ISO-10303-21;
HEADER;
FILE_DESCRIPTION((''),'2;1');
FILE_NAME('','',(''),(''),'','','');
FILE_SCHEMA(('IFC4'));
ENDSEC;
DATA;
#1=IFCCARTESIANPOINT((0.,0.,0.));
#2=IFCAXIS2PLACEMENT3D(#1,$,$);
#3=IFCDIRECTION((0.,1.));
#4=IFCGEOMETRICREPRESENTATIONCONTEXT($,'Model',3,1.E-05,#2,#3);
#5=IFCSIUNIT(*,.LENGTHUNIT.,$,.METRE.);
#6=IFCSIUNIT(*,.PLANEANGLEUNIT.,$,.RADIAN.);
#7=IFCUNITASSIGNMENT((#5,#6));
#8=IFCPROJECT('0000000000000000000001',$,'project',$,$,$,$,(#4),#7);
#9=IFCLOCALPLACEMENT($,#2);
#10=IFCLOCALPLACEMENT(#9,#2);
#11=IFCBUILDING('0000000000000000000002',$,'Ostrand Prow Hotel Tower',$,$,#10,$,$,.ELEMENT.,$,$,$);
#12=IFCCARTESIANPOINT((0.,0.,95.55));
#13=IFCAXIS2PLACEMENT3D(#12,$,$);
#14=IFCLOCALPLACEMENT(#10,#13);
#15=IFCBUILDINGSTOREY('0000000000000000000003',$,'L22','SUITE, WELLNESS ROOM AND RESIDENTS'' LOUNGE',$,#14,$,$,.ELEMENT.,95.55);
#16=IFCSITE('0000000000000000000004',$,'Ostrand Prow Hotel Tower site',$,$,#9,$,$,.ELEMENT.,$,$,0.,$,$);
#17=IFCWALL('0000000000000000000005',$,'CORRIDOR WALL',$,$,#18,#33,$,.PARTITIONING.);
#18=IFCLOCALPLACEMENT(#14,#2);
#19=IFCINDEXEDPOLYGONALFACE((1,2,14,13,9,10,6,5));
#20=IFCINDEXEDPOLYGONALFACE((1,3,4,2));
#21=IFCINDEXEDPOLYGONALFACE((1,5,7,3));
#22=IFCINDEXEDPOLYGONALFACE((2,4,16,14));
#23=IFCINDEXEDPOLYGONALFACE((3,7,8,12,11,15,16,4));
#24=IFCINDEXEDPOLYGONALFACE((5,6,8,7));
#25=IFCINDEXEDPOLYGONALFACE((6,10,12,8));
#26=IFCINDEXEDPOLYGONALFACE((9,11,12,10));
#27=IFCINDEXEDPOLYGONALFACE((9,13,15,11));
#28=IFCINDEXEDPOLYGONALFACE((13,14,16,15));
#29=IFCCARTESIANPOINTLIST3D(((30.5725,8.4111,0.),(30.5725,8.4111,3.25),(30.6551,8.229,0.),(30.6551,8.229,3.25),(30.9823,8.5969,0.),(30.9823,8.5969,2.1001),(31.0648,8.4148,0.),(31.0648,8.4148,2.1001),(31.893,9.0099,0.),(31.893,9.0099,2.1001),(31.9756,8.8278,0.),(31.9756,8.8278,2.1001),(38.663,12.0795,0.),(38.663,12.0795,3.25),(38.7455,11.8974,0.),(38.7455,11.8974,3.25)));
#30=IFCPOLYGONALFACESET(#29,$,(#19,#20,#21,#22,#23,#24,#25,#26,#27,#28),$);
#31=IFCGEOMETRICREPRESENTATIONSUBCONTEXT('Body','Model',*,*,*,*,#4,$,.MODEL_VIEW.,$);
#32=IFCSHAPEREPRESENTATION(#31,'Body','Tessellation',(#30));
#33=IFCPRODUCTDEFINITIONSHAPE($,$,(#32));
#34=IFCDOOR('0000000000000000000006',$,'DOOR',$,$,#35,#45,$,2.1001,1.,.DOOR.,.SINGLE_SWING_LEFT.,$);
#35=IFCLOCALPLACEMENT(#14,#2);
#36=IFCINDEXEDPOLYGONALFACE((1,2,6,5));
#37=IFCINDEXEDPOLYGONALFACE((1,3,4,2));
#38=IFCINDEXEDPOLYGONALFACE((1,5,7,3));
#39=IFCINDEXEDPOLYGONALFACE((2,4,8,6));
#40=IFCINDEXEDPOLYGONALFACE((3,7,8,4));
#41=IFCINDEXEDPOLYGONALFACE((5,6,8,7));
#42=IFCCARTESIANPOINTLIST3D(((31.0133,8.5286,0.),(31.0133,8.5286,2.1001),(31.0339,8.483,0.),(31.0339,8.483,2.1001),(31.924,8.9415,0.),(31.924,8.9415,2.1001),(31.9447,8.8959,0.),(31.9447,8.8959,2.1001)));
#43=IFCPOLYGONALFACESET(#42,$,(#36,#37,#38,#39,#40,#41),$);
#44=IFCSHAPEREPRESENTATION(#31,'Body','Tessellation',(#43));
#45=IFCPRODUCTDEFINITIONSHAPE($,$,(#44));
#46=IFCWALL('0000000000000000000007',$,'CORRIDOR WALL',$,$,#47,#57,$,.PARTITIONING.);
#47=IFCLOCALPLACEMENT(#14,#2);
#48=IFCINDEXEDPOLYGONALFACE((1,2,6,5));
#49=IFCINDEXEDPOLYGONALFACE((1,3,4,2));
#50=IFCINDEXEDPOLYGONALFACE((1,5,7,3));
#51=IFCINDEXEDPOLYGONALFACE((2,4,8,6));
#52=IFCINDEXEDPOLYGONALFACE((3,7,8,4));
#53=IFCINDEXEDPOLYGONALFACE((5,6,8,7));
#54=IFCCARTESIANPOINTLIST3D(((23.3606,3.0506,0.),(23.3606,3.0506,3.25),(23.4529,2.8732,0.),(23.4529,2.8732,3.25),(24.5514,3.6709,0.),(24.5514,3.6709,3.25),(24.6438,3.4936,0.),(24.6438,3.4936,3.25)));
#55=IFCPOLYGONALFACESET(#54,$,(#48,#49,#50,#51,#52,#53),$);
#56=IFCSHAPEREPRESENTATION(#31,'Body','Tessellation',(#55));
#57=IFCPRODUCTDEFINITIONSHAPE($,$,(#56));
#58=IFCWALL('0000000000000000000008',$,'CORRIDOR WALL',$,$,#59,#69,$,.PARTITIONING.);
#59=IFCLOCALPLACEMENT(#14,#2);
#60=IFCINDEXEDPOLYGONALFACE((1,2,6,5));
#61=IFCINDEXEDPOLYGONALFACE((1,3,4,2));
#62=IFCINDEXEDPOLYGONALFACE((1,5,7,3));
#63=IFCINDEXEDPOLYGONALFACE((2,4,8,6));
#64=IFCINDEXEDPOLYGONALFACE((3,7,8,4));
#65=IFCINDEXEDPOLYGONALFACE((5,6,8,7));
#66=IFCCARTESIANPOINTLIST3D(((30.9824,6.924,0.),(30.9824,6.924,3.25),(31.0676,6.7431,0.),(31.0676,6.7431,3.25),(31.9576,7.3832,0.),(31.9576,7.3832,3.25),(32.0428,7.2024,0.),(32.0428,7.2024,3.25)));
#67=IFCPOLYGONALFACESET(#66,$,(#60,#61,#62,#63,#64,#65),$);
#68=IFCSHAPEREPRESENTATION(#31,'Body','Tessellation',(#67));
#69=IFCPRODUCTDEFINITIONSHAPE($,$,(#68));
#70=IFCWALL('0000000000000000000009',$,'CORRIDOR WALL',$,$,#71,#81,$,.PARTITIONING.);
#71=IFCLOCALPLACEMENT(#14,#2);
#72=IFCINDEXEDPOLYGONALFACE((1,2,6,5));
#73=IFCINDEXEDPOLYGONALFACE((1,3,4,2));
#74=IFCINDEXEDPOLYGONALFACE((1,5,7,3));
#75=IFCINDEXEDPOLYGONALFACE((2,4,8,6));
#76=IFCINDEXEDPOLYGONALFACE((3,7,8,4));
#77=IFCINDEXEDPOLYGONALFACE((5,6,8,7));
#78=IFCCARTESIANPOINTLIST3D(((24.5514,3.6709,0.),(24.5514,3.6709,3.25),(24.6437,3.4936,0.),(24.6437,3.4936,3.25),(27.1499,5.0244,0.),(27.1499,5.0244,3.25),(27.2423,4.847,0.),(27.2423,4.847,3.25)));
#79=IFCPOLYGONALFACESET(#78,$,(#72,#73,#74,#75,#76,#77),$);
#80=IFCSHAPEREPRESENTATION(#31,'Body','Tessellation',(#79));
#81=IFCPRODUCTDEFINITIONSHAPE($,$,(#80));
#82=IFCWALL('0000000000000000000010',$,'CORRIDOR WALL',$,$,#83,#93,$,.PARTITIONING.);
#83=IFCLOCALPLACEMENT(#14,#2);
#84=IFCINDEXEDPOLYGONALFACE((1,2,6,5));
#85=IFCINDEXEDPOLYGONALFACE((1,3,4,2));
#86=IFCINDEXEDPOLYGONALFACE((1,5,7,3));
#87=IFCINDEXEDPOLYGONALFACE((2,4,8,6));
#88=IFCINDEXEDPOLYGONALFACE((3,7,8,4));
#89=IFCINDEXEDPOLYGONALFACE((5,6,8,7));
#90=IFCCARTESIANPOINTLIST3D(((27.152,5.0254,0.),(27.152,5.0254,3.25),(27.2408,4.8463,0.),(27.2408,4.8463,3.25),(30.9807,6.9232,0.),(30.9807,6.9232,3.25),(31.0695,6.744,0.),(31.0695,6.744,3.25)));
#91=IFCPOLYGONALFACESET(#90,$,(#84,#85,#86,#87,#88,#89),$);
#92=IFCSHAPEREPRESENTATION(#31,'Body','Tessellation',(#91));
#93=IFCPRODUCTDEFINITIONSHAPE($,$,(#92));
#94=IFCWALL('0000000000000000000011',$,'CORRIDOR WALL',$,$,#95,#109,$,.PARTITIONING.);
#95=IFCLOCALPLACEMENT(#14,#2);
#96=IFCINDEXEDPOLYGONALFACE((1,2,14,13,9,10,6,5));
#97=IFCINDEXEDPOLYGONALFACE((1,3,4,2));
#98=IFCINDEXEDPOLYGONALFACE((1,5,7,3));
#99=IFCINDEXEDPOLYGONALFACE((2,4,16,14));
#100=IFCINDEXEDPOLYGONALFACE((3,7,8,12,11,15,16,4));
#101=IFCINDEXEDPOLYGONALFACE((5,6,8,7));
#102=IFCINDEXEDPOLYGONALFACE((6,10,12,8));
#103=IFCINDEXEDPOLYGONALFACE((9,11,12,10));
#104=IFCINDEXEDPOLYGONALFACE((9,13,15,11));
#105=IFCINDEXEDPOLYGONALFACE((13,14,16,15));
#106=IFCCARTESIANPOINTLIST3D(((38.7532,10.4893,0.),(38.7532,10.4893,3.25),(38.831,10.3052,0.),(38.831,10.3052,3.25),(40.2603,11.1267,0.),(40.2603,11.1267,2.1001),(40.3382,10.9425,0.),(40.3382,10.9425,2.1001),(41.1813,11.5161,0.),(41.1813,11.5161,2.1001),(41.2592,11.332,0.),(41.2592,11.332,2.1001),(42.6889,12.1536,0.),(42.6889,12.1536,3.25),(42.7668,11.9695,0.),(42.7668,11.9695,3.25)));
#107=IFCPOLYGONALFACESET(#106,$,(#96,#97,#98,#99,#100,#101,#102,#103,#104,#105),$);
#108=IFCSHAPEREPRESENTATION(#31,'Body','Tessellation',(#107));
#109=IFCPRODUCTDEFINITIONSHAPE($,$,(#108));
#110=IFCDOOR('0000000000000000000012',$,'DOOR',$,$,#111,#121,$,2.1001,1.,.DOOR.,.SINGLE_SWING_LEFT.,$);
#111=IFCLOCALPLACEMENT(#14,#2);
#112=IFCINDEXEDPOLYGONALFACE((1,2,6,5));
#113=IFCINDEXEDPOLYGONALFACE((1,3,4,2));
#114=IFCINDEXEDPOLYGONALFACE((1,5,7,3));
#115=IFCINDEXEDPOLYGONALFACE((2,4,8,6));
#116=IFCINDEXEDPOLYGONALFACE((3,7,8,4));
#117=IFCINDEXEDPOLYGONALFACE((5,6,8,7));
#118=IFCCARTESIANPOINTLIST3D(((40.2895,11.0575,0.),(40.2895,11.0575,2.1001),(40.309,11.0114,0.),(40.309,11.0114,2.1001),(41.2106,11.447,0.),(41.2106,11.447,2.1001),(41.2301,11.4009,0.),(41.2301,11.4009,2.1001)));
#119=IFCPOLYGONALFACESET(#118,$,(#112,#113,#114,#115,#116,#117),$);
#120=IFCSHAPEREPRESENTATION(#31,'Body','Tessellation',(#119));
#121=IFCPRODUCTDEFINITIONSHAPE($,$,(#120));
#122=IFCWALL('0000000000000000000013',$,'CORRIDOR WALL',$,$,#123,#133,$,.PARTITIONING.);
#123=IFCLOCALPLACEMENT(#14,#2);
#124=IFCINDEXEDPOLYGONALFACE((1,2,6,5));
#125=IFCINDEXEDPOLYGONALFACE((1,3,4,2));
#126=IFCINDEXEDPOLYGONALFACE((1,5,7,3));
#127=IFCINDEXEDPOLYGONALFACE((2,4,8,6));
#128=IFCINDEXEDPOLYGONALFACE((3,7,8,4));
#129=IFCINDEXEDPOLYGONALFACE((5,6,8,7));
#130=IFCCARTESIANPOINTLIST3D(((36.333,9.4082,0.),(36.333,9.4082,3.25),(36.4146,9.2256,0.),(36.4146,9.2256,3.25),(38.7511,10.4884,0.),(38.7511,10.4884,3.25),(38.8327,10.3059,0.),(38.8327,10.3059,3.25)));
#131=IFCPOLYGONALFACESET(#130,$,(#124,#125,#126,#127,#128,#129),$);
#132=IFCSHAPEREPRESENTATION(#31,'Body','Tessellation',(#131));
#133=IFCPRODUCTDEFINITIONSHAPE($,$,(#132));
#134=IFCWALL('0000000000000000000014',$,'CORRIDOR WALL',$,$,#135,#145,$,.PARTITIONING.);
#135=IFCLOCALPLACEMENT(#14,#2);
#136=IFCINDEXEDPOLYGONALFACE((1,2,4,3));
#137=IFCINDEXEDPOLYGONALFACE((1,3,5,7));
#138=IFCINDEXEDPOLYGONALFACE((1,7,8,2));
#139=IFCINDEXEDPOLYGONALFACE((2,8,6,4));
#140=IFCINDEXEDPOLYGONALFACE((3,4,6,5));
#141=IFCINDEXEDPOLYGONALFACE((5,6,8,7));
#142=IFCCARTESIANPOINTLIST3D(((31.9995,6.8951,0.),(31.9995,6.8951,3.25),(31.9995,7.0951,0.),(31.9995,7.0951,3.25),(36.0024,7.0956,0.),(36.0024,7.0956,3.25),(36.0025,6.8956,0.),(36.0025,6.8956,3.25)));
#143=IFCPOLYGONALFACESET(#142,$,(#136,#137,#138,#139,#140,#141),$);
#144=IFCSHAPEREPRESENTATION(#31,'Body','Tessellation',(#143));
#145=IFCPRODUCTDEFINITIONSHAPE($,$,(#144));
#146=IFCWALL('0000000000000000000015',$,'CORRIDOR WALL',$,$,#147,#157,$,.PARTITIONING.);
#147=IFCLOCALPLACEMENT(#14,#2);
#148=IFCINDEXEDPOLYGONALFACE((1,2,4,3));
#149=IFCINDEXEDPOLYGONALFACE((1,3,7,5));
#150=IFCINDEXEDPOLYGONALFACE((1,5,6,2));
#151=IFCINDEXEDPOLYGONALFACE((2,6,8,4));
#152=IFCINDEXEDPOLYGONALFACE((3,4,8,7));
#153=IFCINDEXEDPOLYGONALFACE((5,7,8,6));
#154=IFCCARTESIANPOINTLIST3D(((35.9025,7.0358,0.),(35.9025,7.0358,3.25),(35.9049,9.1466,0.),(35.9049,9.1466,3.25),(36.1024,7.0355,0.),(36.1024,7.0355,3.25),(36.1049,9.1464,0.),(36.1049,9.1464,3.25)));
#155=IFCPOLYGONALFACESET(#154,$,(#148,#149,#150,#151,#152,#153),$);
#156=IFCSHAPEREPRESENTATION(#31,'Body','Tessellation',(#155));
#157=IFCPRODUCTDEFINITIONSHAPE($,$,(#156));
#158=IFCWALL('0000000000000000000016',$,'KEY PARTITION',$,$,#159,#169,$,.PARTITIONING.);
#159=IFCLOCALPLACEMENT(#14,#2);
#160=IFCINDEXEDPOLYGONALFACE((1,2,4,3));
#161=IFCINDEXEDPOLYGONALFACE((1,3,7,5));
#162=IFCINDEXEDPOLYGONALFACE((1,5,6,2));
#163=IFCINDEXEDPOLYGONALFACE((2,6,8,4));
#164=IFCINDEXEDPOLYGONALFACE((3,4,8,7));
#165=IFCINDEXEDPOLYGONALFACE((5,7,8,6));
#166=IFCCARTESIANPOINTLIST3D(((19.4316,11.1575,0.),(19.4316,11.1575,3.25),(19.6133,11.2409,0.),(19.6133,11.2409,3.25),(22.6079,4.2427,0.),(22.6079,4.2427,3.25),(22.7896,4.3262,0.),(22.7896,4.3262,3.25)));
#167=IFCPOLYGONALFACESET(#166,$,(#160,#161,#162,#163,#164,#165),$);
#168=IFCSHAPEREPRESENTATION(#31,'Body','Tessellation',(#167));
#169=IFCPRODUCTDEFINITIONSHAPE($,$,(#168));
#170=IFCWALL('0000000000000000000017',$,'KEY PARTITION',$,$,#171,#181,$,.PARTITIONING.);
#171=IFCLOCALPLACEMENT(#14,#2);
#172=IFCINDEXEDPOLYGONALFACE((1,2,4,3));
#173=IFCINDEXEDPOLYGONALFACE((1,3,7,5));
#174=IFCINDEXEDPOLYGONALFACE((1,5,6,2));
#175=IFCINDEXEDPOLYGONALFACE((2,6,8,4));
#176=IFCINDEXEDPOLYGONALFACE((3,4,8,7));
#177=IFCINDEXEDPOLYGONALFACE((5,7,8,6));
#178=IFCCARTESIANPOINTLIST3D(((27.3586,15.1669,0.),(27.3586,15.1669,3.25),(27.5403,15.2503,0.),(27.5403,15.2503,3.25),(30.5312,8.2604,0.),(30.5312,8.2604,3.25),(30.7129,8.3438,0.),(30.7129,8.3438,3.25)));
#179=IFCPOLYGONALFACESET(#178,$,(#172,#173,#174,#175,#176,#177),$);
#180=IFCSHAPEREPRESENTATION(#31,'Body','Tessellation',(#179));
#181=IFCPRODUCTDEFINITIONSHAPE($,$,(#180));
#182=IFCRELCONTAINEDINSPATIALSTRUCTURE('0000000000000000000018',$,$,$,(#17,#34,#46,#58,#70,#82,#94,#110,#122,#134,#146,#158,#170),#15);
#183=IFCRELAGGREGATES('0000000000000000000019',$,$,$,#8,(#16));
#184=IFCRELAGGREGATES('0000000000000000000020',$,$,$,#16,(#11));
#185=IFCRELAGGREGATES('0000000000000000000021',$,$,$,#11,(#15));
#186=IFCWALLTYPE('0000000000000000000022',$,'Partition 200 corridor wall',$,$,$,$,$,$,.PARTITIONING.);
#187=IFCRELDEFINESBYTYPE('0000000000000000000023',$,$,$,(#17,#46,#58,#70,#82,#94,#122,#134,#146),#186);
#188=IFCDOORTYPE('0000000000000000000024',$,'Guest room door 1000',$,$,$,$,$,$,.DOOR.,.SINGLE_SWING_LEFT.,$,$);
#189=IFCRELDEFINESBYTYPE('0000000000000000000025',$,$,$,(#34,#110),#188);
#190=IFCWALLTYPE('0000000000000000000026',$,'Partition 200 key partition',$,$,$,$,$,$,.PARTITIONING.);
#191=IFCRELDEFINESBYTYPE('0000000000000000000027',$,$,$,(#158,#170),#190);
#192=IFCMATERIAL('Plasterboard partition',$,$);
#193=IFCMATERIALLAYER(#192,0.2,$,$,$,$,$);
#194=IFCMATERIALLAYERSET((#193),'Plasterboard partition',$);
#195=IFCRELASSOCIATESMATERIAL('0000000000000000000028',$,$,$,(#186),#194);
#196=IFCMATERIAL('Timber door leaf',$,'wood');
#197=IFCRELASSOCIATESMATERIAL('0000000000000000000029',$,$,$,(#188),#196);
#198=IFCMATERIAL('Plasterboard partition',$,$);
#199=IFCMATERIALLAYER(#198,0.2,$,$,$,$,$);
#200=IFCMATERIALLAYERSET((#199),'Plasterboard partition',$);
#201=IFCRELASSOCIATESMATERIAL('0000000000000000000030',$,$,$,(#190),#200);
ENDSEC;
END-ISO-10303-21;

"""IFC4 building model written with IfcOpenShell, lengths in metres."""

from ifc_helpers import new_model, si_unit, direction, frame, frame_2d, origin, place, context, subcontext, project, spatial, rectangle, extrude, material, layer, layer_set, type_object, element, fill, save


model = new_model("IFC4")

# Units and contexts
model_context = context("Model", 3, precision=1e-05, world=origin(), true_north=direction((0.0, 1.0)))
body_context = subcontext(model_context, "Body", "Model", "MODEL_VIEW")
ifc_project = project(units=[si_unit("LENGTHUNIT", "METRE"), si_unit("PLANEANGLEUNIT", "RADIAN")], contexts=[model_context])

# Site, building, storey
site_placement = place(None, origin())
site = spatial("IfcSite", under=ifc_project, at=site_placement, Name="Ostrand Prow Hotel Tower site", CompositionType="ELEMENT", RefElevation=0.0)
building_placement = place(site_placement, origin())
building = spatial("IfcBuilding", under=site, at=building_placement, Name="Ostrand Prow Hotel Tower", CompositionType="ELEMENT")
storey_placement = place(building_placement, frame((0.0, 0.0, 95.55)))
storey = spatial("IfcBuildingStorey", under=building, at=storey_placement, Name="L22", Description="SUITE, WELLNESS ROOM AND RESIDENTS' LOUNGE", CompositionType="ELEMENT", Elevation=95.55)

# Wall, opening, door
ifc_material_1 = material(Name="Plasterboard partition")
ifc_layer_1 = layer(ifc_material_1, 0.2)
ifc_layer_set_1 = layer_set([ifc_layer_1], Name="Plasterboard partition")
wall_type_1 = type_object("IfcWallType", Name="Partition 200 corridor wall", PredefinedType="PARTITIONING", material=ifc_layer_set_1)
ifc_material_2 = material(Name="Timber door leaf", Category="wood")
door_type_1 = type_object("IfcDoorType", Name="Guest room door 1000", OperationType="SINGLE_SWING_LEFT", PredefinedType="DOOR", material=ifc_material_2)
wall_1_placement = place(storey_placement, frame((30.6138, 8.3201, 0.0), z_axis=(0.0, 0.0, 1.0), x_axis=(0.910751, 0.412956, 0.0)))
wall_1 = element("IfcWall", 1, at=wall_1_placement, inside=storey, type_object=wall_type_1, Name="CORRIDOR WALL", PredefinedType="PARTITIONING", context=body_context, shape_type="SweptSolid", body=[
    extrude(rectangle(XDim=8.8833, YDim=0.2, at=frame_2d((4.4417, 0.0))), origin(), (0.0, 0.0, 1.0), 3.25),
])
opening_1_placement = place(wall_1_placement, frame((0.45, 0.0, 0.0)))
opening_1 = element("IfcOpeningElement", 2, at=opening_1_placement, cuts=wall_1, PredefinedType="OPENING", context=body_context, shape_type="SweptSolid", body=[
    extrude(rectangle(XDim=1.0, YDim=2.1001, at=frame_2d((0.5, 1.05))), frame((0.0, 0.1099, 0.0), z_axis=(0.0, -1.0, 0.0), x_axis=(1.0, 0.0, 0.0)), (0.0, 0.0, 1.0), 0.22),
])
door_1_placement = place(opening_1_placement, origin())
door_1 = element("IfcDoor", 3, at=door_1_placement, inside=storey, type_object=door_type_1, Name="DOOR", OperationType="SINGLE_SWING_LEFT", OverallHeight=2.1001, OverallWidth=1.0, PredefinedType="DOOR", context=body_context, shape_type="SweptSolid", body=[
    extrude(rectangle(XDim=1.0, YDim=2.1001, at=frame_2d((0.5, 1.05))), frame((0.0, 0.0249, 0.0), z_axis=(0.0, -1.0, 0.0), x_axis=(1.0, 0.0, 0.0)), (0.0, 0.0, 1.0), 0.05),
])
fill(opening_1, door_1)

# Walls
wall_2_placement = place(storey_placement, frame((23.4067, 2.9619, 0.0), z_axis=(0.0, 0.0, 1.0), x_axis=(0.886886, 0.461988, 0.0)))
element("IfcWall", 4, at=wall_2_placement, inside=storey, type_object=wall_type_1, Name="CORRIDOR WALL", PredefinedType="PARTITIONING", context=body_context, shape_type="SweptSolid", body=[
    extrude(rectangle(XDim=1.3428, YDim=0.2, at=frame_2d((0.6714, 0.0))), origin(), (0.0, 0.0, 1.0), 3.25),
])
wall_3_placement = place(storey_placement, frame((31.0249, 6.8335, 0.0), z_axis=(0.0, 0.0, 1.0), x_axis=(0.90469, 0.42607, 0.0)))
element("IfcWall", 5, at=wall_3_placement, inside=storey, type_object=wall_type_1, Name="CORRIDOR WALL", PredefinedType="PARTITIONING", context=body_context, shape_type="SweptSolid", body=[
    extrude(rectangle(XDim=1.0779, YDim=0.2, at=frame_2d((0.5391, 0.0))), origin(), (0.0, 0.0, 1.0), 3.25),
])
wall_4_placement = place(storey_placement, frame((24.5977, 3.5823, 0.0), z_axis=(0.0, 0.0, 1.0), x_axis=(0.886906, 0.461951, 0.0)))
element("IfcWall", 6, at=wall_4_placement, inside=storey, type_object=wall_type_1, Name="CORRIDOR WALL", PredefinedType="PARTITIONING", context=body_context, shape_type="SweptSolid", body=[
    extrude(rectangle(XDim=2.9299, YDim=0.2, at=frame_2d((1.4648, 0.0))), origin(), (0.0, 0.0, 1.0), 3.25),
])
wall_5_placement = place(storey_placement, frame((27.1963, 4.9358, 0.0), z_axis=(0.0, 0.0, 1.0), x_axis=(0.895976, 0.444103, 0.0)))
element("IfcWall", 7, at=wall_5_placement, inside=storey, type_object=wall_type_1, Name="CORRIDOR WALL", PredefinedType="PARTITIONING", context=body_context, shape_type="SweptSolid", body=[
    extrude(rectangle(XDim=4.2732, YDim=0.2, at=frame_2d((2.1367, 0.0))), origin(), (0.0, 0.0, 1.0), 3.25),
])

# Wall, opening, door
wall_6_placement = place(storey_placement, frame((38.792, 10.3972, 0.0), z_axis=(0.0, 0.0, 1.0), x_axis=(0.921037, 0.389474, 0.0)))
wall_6 = element("IfcWall", 8, at=wall_6_placement, inside=storey, type_object=wall_type_1, Name="CORRIDOR WALL", PredefinedType="PARTITIONING", context=body_context, shape_type="SweptSolid", body=[
    extrude(rectangle(XDim=4.2732, YDim=0.2, at=frame_2d((2.1367, 0.0))), origin(), (0.0, 0.0, 1.0), 3.25),
])
opening_2_placement = place(wall_6_placement, frame((1.6365, 0.0, 0.0)))
opening_2 = element("IfcOpeningElement", 9, at=opening_2_placement, cuts=wall_6, PredefinedType="OPENING", context=body_context, shape_type="SweptSolid", body=[
    extrude(rectangle(XDim=1.0, YDim=2.1001, at=frame_2d((0.5, 1.05))), frame((0.0, 0.1099, 0.0), z_axis=(0.0, -1.0, 0.0), x_axis=(1.0, 0.0, 0.0)), (0.0, 0.0, 1.0), 0.22),
])
door_2_placement = place(opening_2_placement, origin())
door_2 = element("IfcDoor", 10, at=door_2_placement, inside=storey, type_object=door_type_1, Name="DOOR", OperationType="SINGLE_SWING_LEFT", OverallHeight=2.1001, OverallWidth=1.0, PredefinedType="DOOR", context=body_context, shape_type="SweptSolid", body=[
    extrude(rectangle(XDim=1.0, YDim=2.1001, at=frame_2d((0.5, 1.05))), frame((0.0, 0.0249, 0.0), z_axis=(0.0, -1.0, 0.0), x_axis=(1.0, 0.0, 0.0)), (0.0, 0.0, 1.0), 0.05),
])
fill(opening_2, door_2)

# Walls
wall_7_placement = place(storey_placement, frame((36.3738, 9.3169, 0.0), z_axis=(0.0, 0.0, 1.0), x_axis=(0.913031, 0.407891, 0.0)))
element("IfcWall", 11, at=wall_7_placement, inside=storey, type_object=wall_type_1, Name="CORRIDOR WALL", PredefinedType="PARTITIONING", context=body_context, shape_type="SweptSolid", body=[
    extrude(rectangle(XDim=2.6484, YDim=0.2, at=frame_2d((1.3242, 0.0))), origin(), (0.0, 0.0, 1.0), 3.25),
])
wall_8_placement = place(storey_placement, frame((31.9995, 6.9951, 0.0), z_axis=(0.0, 0.0, 1.0), x_axis=(1.0, 0.000122, 0.0)))
element("IfcWall", 12, at=wall_8_placement, inside=storey, type_object=wall_type_1, Name="CORRIDOR WALL", PredefinedType="PARTITIONING", context=body_context, shape_type="SweptSolid", body=[
    extrude(rectangle(XDim=4.0029, YDim=0.2, at=frame_2d((2.0015, 0.0))), origin(), (0.0, 0.0, 1.0), 3.25),
])
wall_9_placement = place(storey_placement, frame((36.0024, 7.0356, 0.0), z_axis=(0.0, 0.0, 1.0), x_axis=(0.001157, 0.999999, 0.0)))
element("IfcWall", 13, at=wall_9_placement, inside=storey, type_object=wall_type_1, Name="CORRIDOR WALL", PredefinedType="PARTITIONING", context=body_context, shape_type="SweptSolid", body=[
    extrude(rectangle(XDim=2.1108, YDim=0.2, at=frame_2d((1.0554, 0.0))), origin(), (0.0, 0.0, 1.0), 3.25),
])
ifc_material_3 = material(Name="Plasterboard partition")
ifc_layer_2 = layer(ifc_material_3, 0.2)
ifc_layer_set_2 = layer_set([ifc_layer_2], Name="Plasterboard partition")
wall_type_2 = type_object("IfcWallType", Name="Partition 200 key partition", PredefinedType="PARTITIONING", material=ifc_layer_set_2)
wall_10_placement = place(storey_placement, frame((22.6987, 4.2844, 0.0), z_axis=(0.0, 0.0, 1.0), x_axis=(-0.417414, 0.908717, 0.0)))
element("IfcWall", 14, at=wall_10_placement, inside=storey, type_object=wall_type_2, Name="KEY PARTITION", PredefinedType="PARTITIONING", context=body_context, shape_type="SweptSolid", body=[
    extrude(rectangle(XDim=7.6094, YDim=0.2, at=frame_2d((3.8047, 0.0))), origin(), (0.0, 0.0, 1.0), 3.25),
])
wall_11_placement = place(storey_placement, frame((30.6221, 8.302, 0.0), z_axis=(0.0, 0.0, 1.0), x_axis=(-0.41743, 0.908709, 0.0)))
element("IfcWall", 15, at=wall_11_placement, inside=storey, type_object=wall_type_2, Name="KEY PARTITION", PredefinedType="PARTITIONING", context=body_context, shape_type="SweptSolid", body=[
    extrude(rectangle(XDim=7.6003, YDim=0.2, at=frame_2d((3.8003, 0.0))), origin(), (0.0, 0.0, 1.0), 3.25),
])

save(model, "model.ifc")
